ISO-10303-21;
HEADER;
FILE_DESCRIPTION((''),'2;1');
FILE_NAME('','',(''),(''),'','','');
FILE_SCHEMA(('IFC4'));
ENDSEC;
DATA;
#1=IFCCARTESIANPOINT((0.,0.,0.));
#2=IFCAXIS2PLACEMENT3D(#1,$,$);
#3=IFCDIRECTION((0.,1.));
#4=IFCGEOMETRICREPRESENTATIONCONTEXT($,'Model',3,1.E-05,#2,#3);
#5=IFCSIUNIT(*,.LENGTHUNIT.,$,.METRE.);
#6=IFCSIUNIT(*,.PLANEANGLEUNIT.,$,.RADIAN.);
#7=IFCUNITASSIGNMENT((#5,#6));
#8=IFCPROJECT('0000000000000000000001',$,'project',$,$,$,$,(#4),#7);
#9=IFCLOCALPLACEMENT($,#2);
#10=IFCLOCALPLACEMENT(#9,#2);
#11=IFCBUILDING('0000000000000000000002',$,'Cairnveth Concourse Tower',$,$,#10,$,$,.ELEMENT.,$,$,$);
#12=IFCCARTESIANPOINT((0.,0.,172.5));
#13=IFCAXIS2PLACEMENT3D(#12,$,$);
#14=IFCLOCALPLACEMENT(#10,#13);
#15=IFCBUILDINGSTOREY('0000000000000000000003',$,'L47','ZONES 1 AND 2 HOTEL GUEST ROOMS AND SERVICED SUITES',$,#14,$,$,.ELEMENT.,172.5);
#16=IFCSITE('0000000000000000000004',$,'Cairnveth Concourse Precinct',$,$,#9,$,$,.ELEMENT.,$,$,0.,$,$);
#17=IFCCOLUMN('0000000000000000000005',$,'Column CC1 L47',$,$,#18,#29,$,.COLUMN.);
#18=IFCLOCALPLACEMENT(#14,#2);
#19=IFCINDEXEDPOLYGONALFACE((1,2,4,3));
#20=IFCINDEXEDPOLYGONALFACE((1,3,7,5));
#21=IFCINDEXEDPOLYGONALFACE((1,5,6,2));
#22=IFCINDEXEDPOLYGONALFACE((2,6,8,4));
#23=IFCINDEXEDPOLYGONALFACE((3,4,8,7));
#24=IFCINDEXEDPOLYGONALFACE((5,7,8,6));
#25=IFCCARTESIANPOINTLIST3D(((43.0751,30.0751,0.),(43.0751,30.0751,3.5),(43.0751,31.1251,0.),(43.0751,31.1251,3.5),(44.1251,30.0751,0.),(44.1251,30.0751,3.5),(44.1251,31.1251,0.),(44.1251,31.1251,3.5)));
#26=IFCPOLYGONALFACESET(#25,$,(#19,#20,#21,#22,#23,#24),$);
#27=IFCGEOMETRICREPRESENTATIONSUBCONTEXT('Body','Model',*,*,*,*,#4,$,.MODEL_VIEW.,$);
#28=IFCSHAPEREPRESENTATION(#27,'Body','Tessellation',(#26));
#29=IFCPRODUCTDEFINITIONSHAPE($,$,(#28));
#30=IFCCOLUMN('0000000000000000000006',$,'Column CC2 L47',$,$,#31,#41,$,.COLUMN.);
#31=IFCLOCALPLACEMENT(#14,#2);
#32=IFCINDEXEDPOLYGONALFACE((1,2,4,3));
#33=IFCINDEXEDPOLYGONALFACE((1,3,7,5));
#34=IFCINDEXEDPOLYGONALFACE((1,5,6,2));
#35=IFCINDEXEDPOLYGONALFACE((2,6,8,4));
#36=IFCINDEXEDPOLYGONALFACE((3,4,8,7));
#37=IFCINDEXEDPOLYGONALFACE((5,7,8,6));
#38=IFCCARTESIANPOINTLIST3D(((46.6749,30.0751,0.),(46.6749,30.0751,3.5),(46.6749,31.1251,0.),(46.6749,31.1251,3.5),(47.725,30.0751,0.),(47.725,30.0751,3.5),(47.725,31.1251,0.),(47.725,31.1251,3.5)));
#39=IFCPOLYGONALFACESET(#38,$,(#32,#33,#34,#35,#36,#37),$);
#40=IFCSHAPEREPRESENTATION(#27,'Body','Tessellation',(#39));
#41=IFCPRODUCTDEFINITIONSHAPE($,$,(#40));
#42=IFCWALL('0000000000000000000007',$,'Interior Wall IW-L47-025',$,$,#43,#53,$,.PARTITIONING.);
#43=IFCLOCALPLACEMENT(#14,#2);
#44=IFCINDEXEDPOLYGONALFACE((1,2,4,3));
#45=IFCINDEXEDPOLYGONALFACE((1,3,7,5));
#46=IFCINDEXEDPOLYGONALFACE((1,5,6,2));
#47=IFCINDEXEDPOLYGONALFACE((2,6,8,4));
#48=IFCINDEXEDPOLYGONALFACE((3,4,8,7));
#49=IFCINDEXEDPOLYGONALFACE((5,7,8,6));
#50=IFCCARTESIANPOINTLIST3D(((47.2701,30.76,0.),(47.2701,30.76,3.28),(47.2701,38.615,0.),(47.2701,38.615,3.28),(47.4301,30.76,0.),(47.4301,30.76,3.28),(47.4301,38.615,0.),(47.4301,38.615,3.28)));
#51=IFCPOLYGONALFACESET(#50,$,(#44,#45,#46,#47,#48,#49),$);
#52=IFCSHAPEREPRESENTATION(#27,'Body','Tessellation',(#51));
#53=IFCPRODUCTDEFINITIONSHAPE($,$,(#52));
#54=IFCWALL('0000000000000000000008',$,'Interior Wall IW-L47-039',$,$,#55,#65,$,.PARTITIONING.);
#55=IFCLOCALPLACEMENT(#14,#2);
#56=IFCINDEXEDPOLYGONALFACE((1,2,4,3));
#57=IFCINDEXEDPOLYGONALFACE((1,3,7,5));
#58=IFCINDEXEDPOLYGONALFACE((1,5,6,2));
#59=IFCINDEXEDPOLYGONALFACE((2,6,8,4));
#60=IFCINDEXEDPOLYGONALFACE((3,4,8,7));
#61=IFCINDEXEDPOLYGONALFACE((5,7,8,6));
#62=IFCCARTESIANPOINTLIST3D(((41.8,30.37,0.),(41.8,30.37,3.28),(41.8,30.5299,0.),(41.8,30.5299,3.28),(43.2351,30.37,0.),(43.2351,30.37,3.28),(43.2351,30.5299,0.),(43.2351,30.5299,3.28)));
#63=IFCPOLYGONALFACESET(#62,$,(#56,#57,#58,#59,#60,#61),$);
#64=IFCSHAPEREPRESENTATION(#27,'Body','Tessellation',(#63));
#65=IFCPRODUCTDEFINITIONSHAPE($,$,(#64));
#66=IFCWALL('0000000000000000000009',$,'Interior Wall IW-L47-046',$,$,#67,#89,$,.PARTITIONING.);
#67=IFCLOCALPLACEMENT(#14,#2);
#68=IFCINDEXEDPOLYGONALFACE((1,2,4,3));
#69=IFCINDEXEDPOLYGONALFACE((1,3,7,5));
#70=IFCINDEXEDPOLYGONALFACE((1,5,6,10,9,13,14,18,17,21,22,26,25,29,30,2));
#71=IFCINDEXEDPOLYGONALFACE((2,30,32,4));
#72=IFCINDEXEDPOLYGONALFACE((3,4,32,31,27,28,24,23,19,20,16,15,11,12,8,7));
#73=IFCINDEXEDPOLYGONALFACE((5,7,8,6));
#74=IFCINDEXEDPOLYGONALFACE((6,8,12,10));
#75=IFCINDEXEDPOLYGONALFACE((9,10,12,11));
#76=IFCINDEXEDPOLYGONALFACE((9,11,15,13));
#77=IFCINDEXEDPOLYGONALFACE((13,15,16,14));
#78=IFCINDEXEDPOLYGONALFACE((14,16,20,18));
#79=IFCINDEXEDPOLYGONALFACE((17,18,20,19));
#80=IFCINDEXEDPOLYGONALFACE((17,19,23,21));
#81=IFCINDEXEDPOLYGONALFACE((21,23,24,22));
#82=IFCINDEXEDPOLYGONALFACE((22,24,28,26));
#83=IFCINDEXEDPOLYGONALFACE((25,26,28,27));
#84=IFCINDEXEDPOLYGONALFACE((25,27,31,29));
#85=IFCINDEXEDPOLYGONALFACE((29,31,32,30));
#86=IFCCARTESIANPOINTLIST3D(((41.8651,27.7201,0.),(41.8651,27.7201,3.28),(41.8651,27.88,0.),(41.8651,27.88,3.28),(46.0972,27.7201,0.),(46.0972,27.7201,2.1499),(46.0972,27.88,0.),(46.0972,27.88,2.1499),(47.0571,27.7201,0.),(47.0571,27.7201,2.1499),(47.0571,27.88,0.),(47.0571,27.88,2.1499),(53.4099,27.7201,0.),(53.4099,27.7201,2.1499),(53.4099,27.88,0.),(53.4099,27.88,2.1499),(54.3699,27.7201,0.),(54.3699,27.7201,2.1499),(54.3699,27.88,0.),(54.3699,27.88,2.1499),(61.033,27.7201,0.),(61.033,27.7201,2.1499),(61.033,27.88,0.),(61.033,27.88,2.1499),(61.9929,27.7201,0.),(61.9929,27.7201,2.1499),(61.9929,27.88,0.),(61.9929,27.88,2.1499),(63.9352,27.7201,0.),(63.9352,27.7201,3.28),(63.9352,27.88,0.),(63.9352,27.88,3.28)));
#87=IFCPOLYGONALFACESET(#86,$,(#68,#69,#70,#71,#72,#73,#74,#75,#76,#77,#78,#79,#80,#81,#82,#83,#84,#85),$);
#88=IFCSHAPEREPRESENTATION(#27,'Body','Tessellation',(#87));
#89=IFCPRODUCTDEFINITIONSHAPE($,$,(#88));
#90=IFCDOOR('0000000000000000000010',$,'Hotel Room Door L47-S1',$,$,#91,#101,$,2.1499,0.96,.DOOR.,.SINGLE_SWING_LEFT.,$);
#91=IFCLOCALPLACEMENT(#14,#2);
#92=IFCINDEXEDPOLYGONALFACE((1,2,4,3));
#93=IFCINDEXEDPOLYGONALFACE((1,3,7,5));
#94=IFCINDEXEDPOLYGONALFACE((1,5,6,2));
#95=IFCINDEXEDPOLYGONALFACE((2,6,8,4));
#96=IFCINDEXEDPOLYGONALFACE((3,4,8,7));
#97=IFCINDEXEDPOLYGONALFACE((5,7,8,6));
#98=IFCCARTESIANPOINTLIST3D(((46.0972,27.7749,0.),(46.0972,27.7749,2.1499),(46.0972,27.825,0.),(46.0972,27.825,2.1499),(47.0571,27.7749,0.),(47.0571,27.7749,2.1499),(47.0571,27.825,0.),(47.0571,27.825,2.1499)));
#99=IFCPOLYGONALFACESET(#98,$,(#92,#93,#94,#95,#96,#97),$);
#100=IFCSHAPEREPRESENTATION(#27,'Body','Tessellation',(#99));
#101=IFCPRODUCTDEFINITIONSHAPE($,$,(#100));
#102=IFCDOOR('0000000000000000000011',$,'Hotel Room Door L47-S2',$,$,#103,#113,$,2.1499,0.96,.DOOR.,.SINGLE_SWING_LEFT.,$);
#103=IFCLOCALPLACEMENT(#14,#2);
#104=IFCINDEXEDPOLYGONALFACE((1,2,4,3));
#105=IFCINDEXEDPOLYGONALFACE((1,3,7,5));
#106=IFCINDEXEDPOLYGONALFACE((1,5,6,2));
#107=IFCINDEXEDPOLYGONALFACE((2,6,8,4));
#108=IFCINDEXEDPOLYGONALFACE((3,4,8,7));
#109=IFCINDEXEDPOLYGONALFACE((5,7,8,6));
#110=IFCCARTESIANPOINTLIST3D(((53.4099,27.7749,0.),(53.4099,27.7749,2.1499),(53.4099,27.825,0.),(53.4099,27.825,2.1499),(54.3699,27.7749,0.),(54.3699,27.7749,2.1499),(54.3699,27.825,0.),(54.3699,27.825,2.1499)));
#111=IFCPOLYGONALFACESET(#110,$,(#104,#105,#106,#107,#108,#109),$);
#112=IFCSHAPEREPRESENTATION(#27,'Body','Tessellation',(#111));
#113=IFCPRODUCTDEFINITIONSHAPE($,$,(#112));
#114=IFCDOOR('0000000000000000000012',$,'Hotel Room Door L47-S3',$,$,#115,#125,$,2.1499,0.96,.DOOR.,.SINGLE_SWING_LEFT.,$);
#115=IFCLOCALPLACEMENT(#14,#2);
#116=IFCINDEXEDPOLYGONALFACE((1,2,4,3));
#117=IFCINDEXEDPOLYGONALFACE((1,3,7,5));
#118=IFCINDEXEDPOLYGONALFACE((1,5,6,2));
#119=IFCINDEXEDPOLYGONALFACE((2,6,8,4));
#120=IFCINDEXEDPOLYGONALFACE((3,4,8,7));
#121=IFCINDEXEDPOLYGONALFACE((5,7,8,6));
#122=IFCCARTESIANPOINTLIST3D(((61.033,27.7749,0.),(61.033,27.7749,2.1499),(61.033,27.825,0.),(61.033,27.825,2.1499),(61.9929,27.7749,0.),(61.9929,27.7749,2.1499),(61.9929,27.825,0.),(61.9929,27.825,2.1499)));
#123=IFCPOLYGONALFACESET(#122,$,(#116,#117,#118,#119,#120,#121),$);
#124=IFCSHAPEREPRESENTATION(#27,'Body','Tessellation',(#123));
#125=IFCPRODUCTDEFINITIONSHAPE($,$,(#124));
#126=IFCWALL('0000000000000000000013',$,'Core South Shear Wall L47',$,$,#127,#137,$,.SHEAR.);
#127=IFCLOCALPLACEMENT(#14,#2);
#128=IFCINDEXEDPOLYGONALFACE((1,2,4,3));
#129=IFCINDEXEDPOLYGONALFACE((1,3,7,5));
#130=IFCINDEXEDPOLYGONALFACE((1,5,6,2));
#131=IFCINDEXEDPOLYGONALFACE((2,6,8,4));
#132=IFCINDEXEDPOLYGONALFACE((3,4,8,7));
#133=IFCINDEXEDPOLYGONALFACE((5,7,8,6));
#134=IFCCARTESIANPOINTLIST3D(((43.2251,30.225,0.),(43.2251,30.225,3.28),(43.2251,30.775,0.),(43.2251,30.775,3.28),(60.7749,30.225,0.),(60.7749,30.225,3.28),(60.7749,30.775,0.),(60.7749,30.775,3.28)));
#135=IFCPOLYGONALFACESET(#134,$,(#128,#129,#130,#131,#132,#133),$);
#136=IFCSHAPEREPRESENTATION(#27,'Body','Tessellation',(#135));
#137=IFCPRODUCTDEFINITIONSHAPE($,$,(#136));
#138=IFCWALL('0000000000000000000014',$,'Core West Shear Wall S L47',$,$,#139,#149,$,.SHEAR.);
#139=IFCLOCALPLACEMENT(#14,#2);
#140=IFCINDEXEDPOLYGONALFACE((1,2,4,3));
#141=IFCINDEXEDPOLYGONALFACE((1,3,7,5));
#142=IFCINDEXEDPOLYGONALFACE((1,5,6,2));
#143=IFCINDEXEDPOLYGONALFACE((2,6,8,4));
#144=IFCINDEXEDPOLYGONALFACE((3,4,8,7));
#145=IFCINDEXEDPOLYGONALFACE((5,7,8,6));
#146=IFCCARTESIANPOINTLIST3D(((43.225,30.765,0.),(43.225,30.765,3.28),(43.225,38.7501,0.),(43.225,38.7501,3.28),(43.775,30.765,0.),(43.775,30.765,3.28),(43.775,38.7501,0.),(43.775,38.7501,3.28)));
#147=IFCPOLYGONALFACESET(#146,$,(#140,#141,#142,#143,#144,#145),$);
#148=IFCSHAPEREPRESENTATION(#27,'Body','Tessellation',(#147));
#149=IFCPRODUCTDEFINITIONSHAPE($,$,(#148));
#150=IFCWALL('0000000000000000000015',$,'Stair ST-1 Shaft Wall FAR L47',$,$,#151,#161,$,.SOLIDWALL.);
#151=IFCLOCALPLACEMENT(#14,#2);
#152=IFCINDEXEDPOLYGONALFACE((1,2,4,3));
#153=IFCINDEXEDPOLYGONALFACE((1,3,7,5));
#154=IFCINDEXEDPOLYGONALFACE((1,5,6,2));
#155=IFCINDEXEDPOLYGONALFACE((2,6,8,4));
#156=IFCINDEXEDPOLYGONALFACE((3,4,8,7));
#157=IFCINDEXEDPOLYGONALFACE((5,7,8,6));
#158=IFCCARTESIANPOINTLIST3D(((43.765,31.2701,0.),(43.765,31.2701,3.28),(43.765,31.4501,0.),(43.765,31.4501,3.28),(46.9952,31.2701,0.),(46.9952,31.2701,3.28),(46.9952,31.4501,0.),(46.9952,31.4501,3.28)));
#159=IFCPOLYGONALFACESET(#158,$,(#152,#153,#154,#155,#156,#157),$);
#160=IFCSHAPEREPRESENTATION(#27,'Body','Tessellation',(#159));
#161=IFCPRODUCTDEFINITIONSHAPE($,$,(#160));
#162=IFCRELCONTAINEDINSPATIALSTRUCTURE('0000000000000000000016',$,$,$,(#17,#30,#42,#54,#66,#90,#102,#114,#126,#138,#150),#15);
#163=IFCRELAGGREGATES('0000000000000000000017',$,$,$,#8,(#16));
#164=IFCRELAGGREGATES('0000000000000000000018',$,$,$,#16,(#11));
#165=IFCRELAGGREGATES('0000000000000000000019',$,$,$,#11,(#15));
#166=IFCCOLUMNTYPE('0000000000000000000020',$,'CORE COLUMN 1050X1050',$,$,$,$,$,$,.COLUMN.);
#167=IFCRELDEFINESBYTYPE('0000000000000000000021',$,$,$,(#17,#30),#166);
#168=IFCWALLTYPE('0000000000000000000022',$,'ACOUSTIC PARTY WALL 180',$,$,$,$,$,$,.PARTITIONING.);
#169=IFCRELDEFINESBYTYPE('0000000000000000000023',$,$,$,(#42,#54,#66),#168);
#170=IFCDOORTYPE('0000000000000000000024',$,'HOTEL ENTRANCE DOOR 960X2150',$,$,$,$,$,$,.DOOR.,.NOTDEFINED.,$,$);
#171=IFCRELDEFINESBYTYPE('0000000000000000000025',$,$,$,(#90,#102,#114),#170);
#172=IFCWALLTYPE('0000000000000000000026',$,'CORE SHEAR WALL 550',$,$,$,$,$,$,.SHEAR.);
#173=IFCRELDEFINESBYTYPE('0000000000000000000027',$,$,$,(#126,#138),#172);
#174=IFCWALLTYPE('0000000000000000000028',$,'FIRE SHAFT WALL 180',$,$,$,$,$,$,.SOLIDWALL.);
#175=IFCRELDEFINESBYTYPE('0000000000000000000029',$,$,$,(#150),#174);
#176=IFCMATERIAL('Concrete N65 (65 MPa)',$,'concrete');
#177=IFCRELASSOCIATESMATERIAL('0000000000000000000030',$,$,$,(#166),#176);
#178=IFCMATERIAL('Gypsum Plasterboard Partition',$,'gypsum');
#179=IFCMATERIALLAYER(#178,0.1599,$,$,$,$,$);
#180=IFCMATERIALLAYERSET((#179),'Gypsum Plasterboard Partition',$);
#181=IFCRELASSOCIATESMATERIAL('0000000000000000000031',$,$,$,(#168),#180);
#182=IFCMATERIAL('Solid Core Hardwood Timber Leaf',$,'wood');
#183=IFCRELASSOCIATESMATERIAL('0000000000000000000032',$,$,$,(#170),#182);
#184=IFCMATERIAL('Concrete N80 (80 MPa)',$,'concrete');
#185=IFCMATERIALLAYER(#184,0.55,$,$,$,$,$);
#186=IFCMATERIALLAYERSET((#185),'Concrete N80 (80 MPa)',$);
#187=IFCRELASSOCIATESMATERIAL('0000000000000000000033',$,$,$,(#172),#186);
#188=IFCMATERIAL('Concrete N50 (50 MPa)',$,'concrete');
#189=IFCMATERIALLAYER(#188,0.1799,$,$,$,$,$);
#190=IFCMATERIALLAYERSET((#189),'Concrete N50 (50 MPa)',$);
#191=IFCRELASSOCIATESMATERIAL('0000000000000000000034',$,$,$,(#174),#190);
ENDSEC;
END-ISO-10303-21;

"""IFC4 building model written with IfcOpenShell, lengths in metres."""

from ifc_helpers import new_model, si_unit, direction, frame, frame_2d, origin, origin_2d, place, context, subcontext, project, spatial, rectangle, extrude, material, layer, layer_set, material_profile, profile_set, type_object, element, fill, save


model = new_model("IFC4")

# Units and contexts
model_context = context("Model", 3, precision=1e-05, world=origin(), true_north=direction((0.0, 1.0)))
body_context = subcontext(model_context, "Body", "Model", "MODEL_VIEW")
ifc_project = project(units=[si_unit("LENGTHUNIT", "METRE"), si_unit("PLANEANGLEUNIT", "RADIAN")], contexts=[model_context])

# Site, building, storey
site_placement = place(None, origin())
site = spatial("IfcSite", under=ifc_project, at=site_placement, Name="Cairnveth Concourse Precinct", CompositionType="ELEMENT", RefElevation=0.0)
building_placement = place(site_placement, origin())
building = spatial("IfcBuilding", under=site, at=building_placement, Name="Cairnveth Concourse Tower", CompositionType="ELEMENT")
storey_placement = place(building_placement, frame((0.0, 0.0, 172.5)))
storey = spatial("IfcBuildingStorey", under=building, at=storey_placement, Name="L47", Description="ZONES 1 AND 2 HOTEL GUEST ROOMS AND SERVICED SUITES", CompositionType="ELEMENT", Elevation=172.5)

# Columns
ifc_material_1 = material(Name="Concrete N65 (65 MPa)", Category="concrete")
ifc_material_profile = material_profile(ifc_material_1, rectangle(XDim=1.05, YDim=1.05, at=origin_2d()), Name="RC-COL-1050x1050")
ifc_profile_set = profile_set([ifc_material_profile], Name="Concrete N65 (65 MPa)")
column_type = type_object("IfcColumnType", Name="CORE COLUMN 1050X1050", PredefinedType="COLUMN", material=ifc_profile_set)
for number, where, z_axis, x_axis, name in (
    (1, (43.6001, 30.6001, 0.0), (0.0, 0.0, 1.0), (1.0, 0.0, 0.0), "Column CC1 L47"),
    (2, (47.2, 30.6001, 0.0), (0.0, 0.0, 1.0), (1.0, 0.0, 0.0), "Column CC2 L47"),
):
    element("IfcColumn", number, at=place(storey_placement, frame(where, z_axis=z_axis, x_axis=x_axis)), inside=storey, type_object=column_type, Name=name, PredefinedType="COLUMN", context=body_context, shape_type="SweptSolid", body=[
        extrude(rectangle(XDim=1.05, YDim=1.05, at=origin_2d()), origin(), (0.0, 0.0, 1.0), 3.5),
    ])

# Walls
ifc_material_2 = material(Name="Gypsum Plasterboard Partition", Category="gypsum")
ifc_layer_1 = layer(ifc_material_2, 0.1599)
ifc_layer_set_1 = layer_set([ifc_layer_1], Name="Gypsum Plasterboard Partition")
wall_type_1 = type_object("IfcWallType", Name="ACOUSTIC PARTY WALL 180", PredefinedType="PARTITIONING", material=ifc_layer_set_1)
wall_1_placement = place(storey_placement, frame((47.3501, 30.76, 0.0), z_axis=(0.0, 0.0, 1.0), x_axis=(0.0, 1.0, 0.0)))
element("IfcWall", 3, at=wall_1_placement, inside=storey, type_object=wall_type_1, Name="Interior Wall IW-L47-025", PredefinedType="PARTITIONING", context=body_context, shape_type="SweptSolid", body=[
    extrude(rectangle(XDim=7.855, YDim=0.1599, at=frame_2d((3.9275, 0.0))), origin(), (0.0, 0.0, 1.0), 3.28),
])
wall_2_placement = place(storey_placement, frame((41.8, 30.45, 0.0), z_axis=(0.0, 0.0, 1.0), x_axis=(1.0, 0.0, 0.0)))
element("IfcWall", 4, at=wall_2_placement, inside=storey, type_object=wall_type_1, Name="Interior Wall IW-L47-039", PredefinedType="PARTITIONING", context=body_context, shape_type="SweptSolid", body=[
    extrude(rectangle(XDim=1.4351, YDim=0.1599, at=frame_2d((0.7175, 0.0))), origin(), (0.0, 0.0, 1.0), 3.28),
])

# Wall, openings, doors
wall_3_placement = place(storey_placement, frame((41.865, 27.8, 0.0), z_axis=(0.0, 0.0, 1.0), x_axis=(1.0, 0.0, 0.0)))
wall_3 = element("IfcWall", 5, at=wall_3_placement, inside=storey, type_object=wall_type_1, Name="Interior Wall IW-L47-046", PredefinedType="PARTITIONING", context=body_context, shape_type="SweptSolid", body=[
    extrude(rectangle(XDim=22.0701, YDim=0.1599, at=frame_2d((11.0352, 0.0))), origin(), (0.0, 0.0, 1.0), 3.28),
])
opening_1_placement = place(wall_3_placement, frame((4.2322, 0.0, 0.0)))
opening_1 = element("IfcOpeningElement", 6, at=opening_1_placement, cuts=wall_3, PredefinedType="OPENING", context=body_context, shape_type="SweptSolid", body=[
    extrude(rectangle(XDim=0.96, YDim=2.1499, at=frame_2d((0.48, 1.075))), frame((0.0, 0.0898, 0.0), z_axis=(0.0, -1.0, 0.0), x_axis=(1.0, 0.0, 0.0)), (0.0, 0.0, 1.0), 0.1799),
])
opening_2_placement = place(wall_3_placement, frame((11.5449, 0.0, 0.0)))
opening_2 = element("IfcOpeningElement", 7, at=opening_2_placement, cuts=wall_3, PredefinedType="OPENING", context=body_context, shape_type="SweptSolid", body=[
    extrude(rectangle(XDim=0.96, YDim=2.1499, at=frame_2d((0.48, 1.075))), frame((0.0, 0.0898, 0.0), z_axis=(0.0, -1.0, 0.0), x_axis=(1.0, 0.0, 0.0)), (0.0, 0.0, 1.0), 0.1799),
])
opening_3_placement = place(wall_3_placement, frame((19.168, 0.0, 0.0)))
opening_3 = element("IfcOpeningElement", 8, at=opening_3_placement, cuts=wall_3, PredefinedType="OPENING", context=body_context, shape_type="SweptSolid", body=[
    extrude(rectangle(XDim=0.96, YDim=2.1499, at=frame_2d((0.48, 1.075))), frame((0.0, 0.0898, 0.0), z_axis=(0.0, -1.0, 0.0), x_axis=(1.0, 0.0, 0.0)), (0.0, 0.0, 1.0), 0.1799),
])
ifc_material_3 = material(Name="Solid Core Hardwood Timber Leaf", Category="wood")
door_type_1 = type_object("IfcDoorType", Name="HOTEL ENTRANCE DOOR 960X2150", OperationType="NOTDEFINED", PredefinedType="DOOR", material=ifc_material_3)
door_1_placement = place(opening_1_placement, origin())
door_1 = element("IfcDoor", 9, at=door_1_placement, inside=storey, type_object=door_type_1, Name="Hotel Room Door L47-S1", OperationType="SINGLE_SWING_LEFT", OverallHeight=2.1499, OverallWidth=0.96, PredefinedType="DOOR", context=body_context, shape_type="SweptSolid", body=[
    extrude(rectangle(XDim=0.96, YDim=2.1499, at=frame_2d((0.48, 1.075))), frame((0.0, 0.0249, 0.0), z_axis=(0.0, -1.0, 0.0), x_axis=(1.0, 0.0, 0.0)), (0.0, 0.0, 1.0), 0.05),
])
fill(opening_1, door_1)
door_2_placement = place(opening_2_placement, origin())
door_2 = element("IfcDoor", 10, at=door_2_placement, inside=storey, type_object=door_type_1, Name="Hotel Room Door L47-S2", OperationType="SINGLE_SWING_LEFT", OverallHeight=2.1499, OverallWidth=0.96, PredefinedType="DOOR", context=body_context, shape_type="SweptSolid", body=[
    extrude(rectangle(XDim=0.96, YDim=2.1499, at=frame_2d((0.48, 1.075))), frame((0.0, 0.0249, 0.0), z_axis=(0.0, -1.0, 0.0), x_axis=(1.0, 0.0, 0.0)), (0.0, 0.0, 1.0), 0.05),
])
fill(opening_2, door_2)
door_3_placement = place(opening_3_placement, origin())
door_3 = element("IfcDoor", 11, at=door_3_placement, inside=storey, type_object=door_type_1, Name="Hotel Room Door L47-S3", OperationType="SINGLE_SWING_LEFT", OverallHeight=2.1499, OverallWidth=0.96, PredefinedType="DOOR", context=body_context, shape_type="SweptSolid", body=[
    extrude(rectangle(XDim=0.96, YDim=2.1499, at=frame_2d((0.48, 1.075))), frame((0.0, 0.0249, 0.0), z_axis=(0.0, -1.0, 0.0), x_axis=(1.0, 0.0, 0.0)), (0.0, 0.0, 1.0), 0.05),
])
fill(opening_3, door_3)

# Walls
ifc_material_4 = material(Name="Concrete N80 (80 MPa)", Category="concrete")
ifc_layer_2 = layer(ifc_material_4, 0.55)
ifc_layer_set_2 = layer_set([ifc_layer_2], Name="Concrete N80 (80 MPa)")
wall_type_2 = type_object("IfcWallType", Name="CORE SHEAR WALL 550", PredefinedType="SHEAR", material=ifc_layer_set_2)
wall_4_placement = place(storey_placement, frame((43.2251, 30.5, 0.0), z_axis=(0.0, 0.0, 1.0), x_axis=(1.0, 0.0, 0.0)))
element("IfcWall", 12, at=wall_4_placement, inside=storey, type_object=wall_type_2, Name="Core South Shear Wall L47", PredefinedType="SHEAR", context=body_context, shape_type="SweptSolid", body=[
    extrude(rectangle(XDim=17.5498, YDim=0.55, at=frame_2d((8.7749, 0.0))), origin(), (0.0, 0.0, 1.0), 3.28),
])
wall_5_placement = place(storey_placement, frame((43.5, 30.7649, 0.0), z_axis=(0.0, 0.0, 1.0), x_axis=(0.0, 1.0, 0.0)))
element("IfcWall", 13, at=wall_5_placement, inside=storey, type_object=wall_type_2, Name="Core West Shear Wall S L47", PredefinedType="SHEAR", context=body_context, shape_type="SweptSolid", body=[
    extrude(rectangle(XDim=7.9851, YDim=0.55, at=frame_2d((3.9927, 0.0))), origin(), (0.0, 0.0, 1.0), 3.28),
])
ifc_material_5 = material(Name="Concrete N50 (50 MPa)", Category="concrete")
ifc_layer_3 = layer(ifc_material_5, 0.1799)
ifc_layer_set_3 = layer_set([ifc_layer_3], Name="Concrete N50 (50 MPa)")
wall_type_3 = type_object("IfcWallType", Name="FIRE SHAFT WALL 180", PredefinedType="SOLIDWALL", material=ifc_layer_set_3)
wall_6_placement = place(storey_placement, frame((43.7649, 31.3601, 0.0), z_axis=(0.0, 0.0, 1.0), x_axis=(1.0, 0.0, 0.0)))
element("IfcWall", 14, at=wall_6_placement, inside=storey, type_object=wall_type_3, Name="Stair ST-1 Shaft Wall FAR L47", PredefinedType="SOLIDWALL", context=body_context, shape_type="SweptSolid", body=[
    extrude(rectangle(XDim=3.2302, YDim=0.1799, at=frame_2d((1.6152, 0.0))), origin(), (0.0, 0.0, 1.0), 3.28),
])

save(model, "model.ifc")
